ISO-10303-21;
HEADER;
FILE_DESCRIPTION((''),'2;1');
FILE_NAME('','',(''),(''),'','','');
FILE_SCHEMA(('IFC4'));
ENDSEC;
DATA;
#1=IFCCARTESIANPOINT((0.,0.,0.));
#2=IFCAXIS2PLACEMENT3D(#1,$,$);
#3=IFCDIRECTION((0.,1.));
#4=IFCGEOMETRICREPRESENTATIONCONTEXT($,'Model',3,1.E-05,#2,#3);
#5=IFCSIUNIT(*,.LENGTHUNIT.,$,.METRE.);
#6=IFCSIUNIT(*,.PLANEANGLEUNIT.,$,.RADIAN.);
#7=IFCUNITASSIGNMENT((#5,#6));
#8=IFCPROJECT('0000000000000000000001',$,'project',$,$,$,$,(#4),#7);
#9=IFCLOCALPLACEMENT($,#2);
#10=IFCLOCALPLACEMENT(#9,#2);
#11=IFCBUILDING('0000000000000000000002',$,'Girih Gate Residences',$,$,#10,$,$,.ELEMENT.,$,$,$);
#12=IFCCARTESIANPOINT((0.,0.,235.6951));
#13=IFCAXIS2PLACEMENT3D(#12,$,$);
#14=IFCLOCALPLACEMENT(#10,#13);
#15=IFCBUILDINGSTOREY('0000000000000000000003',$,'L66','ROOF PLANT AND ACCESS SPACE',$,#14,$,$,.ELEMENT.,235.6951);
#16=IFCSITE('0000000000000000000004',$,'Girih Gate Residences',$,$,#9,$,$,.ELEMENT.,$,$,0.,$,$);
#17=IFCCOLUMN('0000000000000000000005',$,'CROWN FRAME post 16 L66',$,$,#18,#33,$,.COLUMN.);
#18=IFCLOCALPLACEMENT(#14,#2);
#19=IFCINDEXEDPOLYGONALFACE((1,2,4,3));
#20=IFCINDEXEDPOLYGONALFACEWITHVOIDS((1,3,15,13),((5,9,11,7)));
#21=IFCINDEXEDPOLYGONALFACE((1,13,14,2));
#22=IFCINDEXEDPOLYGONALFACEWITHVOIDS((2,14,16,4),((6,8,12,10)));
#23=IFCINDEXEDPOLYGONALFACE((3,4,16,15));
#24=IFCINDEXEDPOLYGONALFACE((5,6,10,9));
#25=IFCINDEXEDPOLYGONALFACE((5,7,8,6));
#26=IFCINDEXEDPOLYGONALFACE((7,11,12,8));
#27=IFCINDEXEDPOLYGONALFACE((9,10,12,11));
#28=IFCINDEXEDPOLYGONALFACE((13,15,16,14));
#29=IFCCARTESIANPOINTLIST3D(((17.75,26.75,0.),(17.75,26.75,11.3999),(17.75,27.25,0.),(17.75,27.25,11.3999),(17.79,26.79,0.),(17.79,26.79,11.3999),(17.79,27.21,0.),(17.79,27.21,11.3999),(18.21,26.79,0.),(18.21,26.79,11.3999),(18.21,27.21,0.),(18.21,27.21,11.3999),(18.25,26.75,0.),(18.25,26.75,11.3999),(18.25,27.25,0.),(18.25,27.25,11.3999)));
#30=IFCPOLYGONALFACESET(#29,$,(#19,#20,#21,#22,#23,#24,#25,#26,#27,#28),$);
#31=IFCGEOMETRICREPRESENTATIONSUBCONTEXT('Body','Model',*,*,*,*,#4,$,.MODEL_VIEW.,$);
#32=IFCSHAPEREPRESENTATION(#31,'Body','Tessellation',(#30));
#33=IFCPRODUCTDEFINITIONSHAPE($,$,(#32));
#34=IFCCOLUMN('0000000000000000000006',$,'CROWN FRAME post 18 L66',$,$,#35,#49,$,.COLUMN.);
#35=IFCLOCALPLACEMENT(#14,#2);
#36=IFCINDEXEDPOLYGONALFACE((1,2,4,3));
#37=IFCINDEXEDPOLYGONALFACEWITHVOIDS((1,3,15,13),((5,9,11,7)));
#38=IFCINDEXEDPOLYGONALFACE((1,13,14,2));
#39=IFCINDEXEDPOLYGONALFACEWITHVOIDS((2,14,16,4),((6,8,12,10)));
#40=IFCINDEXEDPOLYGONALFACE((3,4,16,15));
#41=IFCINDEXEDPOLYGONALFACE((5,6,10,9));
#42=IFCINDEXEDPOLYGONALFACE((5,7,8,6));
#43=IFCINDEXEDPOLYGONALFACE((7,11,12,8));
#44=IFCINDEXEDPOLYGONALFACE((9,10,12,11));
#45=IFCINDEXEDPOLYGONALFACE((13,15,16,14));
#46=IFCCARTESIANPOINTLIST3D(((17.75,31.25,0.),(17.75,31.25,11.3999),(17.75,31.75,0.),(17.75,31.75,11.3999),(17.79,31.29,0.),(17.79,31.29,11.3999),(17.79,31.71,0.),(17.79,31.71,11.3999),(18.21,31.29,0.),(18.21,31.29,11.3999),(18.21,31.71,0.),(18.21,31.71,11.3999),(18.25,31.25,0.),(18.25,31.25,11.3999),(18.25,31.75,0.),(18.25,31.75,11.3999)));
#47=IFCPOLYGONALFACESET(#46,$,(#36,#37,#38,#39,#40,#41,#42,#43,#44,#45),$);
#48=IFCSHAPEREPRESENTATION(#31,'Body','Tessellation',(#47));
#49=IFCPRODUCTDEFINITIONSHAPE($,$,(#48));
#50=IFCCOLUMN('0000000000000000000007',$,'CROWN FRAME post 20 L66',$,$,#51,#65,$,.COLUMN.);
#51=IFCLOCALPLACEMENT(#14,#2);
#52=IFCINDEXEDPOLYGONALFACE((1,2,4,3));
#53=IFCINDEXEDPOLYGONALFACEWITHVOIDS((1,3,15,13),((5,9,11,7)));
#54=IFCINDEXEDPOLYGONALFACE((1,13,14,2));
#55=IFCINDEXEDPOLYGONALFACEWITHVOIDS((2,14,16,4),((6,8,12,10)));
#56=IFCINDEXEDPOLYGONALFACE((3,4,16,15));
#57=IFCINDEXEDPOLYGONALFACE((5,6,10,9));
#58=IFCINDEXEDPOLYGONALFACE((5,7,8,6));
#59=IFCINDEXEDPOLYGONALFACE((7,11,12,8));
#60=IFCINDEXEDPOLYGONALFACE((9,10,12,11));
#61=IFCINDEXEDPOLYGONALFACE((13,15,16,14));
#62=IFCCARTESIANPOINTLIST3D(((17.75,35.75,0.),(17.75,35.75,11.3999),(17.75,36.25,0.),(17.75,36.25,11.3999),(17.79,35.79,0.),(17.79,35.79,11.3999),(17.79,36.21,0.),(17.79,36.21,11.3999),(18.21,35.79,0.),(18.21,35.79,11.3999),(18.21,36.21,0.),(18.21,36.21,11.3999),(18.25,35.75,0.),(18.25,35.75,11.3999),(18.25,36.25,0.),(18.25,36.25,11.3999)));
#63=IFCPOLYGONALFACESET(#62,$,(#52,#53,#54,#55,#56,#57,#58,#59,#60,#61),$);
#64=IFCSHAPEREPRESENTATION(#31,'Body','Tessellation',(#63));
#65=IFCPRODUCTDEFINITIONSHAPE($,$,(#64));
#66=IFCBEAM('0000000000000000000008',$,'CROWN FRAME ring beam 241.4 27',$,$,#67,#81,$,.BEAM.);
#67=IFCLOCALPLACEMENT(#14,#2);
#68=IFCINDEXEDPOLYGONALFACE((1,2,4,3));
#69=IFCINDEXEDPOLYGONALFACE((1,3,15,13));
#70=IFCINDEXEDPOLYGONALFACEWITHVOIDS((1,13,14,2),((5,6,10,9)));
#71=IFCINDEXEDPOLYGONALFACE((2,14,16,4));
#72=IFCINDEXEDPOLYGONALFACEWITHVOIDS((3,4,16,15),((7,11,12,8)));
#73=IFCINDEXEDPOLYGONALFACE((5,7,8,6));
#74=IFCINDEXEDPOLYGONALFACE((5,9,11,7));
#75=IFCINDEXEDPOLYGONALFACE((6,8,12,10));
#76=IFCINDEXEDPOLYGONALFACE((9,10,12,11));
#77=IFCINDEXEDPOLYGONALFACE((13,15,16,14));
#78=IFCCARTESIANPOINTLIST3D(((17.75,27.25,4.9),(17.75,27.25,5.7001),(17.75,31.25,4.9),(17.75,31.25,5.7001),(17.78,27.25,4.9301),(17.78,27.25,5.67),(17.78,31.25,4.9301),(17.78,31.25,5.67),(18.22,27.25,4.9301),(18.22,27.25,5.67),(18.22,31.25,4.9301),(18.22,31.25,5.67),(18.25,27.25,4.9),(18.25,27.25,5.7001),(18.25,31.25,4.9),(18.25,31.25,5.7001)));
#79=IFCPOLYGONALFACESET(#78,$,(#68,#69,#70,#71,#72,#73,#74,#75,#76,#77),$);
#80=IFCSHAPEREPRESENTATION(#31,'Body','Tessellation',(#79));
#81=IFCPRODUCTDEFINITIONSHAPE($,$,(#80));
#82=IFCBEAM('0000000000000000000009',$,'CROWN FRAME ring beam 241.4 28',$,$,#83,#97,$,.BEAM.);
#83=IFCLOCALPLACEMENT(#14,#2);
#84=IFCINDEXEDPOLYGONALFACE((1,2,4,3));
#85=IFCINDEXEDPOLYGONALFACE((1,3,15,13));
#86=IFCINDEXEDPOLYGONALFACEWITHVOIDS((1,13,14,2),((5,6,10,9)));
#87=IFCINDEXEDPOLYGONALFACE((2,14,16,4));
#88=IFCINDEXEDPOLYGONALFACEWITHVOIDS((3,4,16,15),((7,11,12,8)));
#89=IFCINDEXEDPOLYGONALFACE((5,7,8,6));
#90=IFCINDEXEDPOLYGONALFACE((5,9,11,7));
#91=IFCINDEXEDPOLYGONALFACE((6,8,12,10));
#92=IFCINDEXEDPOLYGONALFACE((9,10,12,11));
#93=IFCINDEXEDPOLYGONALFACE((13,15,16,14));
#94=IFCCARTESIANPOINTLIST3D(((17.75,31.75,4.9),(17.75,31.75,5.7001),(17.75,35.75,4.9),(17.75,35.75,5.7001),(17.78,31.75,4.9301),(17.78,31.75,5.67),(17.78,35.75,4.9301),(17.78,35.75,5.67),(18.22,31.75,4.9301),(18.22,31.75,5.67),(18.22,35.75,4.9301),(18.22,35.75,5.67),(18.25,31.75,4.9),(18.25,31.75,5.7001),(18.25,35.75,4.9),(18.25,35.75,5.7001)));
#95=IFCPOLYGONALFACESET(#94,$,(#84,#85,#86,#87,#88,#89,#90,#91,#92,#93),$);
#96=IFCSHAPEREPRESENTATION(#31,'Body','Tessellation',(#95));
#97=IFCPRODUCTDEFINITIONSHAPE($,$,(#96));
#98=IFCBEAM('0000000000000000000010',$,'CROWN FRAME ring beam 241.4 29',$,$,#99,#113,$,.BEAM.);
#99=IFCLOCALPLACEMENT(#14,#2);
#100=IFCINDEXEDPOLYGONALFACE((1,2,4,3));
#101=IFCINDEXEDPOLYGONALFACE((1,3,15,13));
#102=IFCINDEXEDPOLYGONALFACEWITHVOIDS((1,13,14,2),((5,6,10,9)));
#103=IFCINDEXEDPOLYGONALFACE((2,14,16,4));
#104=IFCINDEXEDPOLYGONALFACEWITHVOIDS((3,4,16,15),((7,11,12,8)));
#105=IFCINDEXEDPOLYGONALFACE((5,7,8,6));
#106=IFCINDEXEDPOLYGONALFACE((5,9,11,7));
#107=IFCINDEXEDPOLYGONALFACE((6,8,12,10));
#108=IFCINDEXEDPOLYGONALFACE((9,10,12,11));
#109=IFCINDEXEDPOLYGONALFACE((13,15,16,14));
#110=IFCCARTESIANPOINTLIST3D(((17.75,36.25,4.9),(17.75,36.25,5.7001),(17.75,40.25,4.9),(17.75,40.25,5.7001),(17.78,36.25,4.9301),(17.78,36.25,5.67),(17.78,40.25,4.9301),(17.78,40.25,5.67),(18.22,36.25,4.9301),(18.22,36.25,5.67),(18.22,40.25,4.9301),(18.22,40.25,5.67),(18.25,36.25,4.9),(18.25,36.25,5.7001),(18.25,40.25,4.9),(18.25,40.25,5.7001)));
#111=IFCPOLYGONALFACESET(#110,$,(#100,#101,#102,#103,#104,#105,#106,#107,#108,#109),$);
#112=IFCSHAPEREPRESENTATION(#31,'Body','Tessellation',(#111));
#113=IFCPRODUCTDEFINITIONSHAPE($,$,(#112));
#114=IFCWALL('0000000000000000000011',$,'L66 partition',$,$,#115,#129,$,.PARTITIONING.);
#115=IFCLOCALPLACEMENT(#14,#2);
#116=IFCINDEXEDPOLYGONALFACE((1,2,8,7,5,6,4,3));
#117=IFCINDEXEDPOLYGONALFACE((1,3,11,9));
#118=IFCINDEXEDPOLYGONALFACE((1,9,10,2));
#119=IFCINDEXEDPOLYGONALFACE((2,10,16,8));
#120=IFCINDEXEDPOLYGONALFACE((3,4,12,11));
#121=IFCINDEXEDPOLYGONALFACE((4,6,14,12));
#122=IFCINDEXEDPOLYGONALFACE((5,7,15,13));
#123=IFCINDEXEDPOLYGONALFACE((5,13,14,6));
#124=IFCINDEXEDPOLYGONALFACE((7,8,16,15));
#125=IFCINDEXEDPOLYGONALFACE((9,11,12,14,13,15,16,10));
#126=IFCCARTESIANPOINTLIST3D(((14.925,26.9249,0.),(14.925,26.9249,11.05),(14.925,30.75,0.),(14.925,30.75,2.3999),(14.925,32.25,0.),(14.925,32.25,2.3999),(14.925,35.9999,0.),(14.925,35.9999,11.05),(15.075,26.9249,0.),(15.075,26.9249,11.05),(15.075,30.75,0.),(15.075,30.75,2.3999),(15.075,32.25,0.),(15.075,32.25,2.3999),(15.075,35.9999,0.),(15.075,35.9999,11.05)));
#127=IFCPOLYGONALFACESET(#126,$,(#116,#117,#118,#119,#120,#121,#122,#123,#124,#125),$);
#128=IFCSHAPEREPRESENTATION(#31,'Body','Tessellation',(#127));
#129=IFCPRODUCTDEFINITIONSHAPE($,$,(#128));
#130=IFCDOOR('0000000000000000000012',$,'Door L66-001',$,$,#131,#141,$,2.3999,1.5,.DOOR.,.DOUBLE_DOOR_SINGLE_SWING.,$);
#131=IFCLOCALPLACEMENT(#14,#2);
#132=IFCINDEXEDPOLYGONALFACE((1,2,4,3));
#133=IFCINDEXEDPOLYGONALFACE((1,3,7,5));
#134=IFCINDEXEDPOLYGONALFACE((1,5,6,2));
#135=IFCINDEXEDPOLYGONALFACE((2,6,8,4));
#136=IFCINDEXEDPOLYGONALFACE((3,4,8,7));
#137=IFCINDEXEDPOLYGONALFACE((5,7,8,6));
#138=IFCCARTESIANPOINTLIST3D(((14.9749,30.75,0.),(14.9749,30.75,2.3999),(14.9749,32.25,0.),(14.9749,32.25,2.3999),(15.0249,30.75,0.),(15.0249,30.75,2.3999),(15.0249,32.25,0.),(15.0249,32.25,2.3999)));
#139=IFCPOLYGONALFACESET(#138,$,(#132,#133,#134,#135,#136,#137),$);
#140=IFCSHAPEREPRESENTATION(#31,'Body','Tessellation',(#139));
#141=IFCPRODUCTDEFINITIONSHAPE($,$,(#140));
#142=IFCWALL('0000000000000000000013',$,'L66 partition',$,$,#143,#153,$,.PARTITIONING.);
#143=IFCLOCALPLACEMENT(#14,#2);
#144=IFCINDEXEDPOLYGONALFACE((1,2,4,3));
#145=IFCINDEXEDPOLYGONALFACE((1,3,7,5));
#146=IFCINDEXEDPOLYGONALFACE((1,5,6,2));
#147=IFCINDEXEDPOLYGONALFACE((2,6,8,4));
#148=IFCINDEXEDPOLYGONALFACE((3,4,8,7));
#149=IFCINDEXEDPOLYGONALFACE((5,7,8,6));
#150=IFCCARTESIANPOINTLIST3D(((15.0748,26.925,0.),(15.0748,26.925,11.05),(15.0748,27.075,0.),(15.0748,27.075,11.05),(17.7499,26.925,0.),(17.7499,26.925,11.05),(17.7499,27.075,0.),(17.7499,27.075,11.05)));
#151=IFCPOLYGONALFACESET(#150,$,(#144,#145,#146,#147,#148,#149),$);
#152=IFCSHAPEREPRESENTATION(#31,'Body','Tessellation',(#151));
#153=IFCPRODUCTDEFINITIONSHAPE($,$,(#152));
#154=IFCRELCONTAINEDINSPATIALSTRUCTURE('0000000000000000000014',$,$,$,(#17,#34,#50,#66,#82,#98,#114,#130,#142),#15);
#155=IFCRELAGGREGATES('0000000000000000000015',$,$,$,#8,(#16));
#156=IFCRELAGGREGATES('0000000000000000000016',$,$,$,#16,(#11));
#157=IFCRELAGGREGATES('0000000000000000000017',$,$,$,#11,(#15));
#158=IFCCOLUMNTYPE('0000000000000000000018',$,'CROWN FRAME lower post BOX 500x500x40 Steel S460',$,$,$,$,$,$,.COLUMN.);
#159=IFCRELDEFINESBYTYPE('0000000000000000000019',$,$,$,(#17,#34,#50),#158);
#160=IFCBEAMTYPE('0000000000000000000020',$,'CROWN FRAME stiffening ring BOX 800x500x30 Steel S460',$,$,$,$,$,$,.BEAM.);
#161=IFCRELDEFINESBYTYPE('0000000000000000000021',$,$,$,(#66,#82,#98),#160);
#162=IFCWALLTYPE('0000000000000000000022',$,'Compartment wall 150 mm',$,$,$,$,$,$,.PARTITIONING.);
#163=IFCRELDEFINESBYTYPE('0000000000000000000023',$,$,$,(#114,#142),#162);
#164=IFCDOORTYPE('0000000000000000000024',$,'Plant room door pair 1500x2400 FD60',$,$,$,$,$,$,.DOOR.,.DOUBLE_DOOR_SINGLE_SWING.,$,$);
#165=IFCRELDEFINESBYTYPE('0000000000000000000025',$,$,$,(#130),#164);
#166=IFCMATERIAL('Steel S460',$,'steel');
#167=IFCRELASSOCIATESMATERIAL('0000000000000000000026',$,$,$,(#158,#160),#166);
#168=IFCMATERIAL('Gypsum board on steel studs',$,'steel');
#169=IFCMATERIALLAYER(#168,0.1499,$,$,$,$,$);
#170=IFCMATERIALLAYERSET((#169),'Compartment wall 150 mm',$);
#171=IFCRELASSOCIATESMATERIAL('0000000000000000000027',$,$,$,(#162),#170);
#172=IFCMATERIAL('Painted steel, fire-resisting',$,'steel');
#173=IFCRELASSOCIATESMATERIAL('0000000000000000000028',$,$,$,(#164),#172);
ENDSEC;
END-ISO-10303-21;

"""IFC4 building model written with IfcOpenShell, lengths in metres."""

from ifc_helpers import new_model, si_unit, direction, frame, frame_2d, origin, origin_2d, place, context, subcontext, project, spatial, rectangle, hollow_rectangle, extrude, material, layer, layer_set, material_profile, profile_set, type_object, element, fill, save


model = new_model("IFC4")

# Units and contexts
model_context = context("Model", 3, precision=1e-05, world=origin(), true_north=direction((0.0, 1.0)))
body_context = subcontext(model_context, "Body", "Model", "MODEL_VIEW")
ifc_project = project(units=[si_unit("LENGTHUNIT", "METRE"), si_unit("PLANEANGLEUNIT", "RADIAN")], contexts=[model_context])

# Site, building, storey
site_placement = place(None, origin())
site = spatial("IfcSite", under=ifc_project, at=site_placement, Name="Girih Gate Residences", CompositionType="ELEMENT", RefElevation=0.0)
building_placement = place(site_placement, origin())
building = spatial("IfcBuilding", under=site, at=building_placement, Name="Girih Gate Residences", CompositionType="ELEMENT")
storey_placement = place(building_placement, frame((0.0, 0.0, 235.6951)))
storey = spatial("IfcBuildingStorey", under=building, at=storey_placement, Name="L66", Description="ROOF PLANT AND ACCESS SPACE", CompositionType="ELEMENT", Elevation=235.6951)

# Columns
ifc_material_1 = material(Name="Steel S460", Category="steel")
ifc_material_profile_1 = material_profile(ifc_material_1, hollow_rectangle(XDim=0.5, YDim=0.5, WallThickness=0.04, at=origin_2d()))
ifc_profile_set_1 = profile_set([ifc_material_profile_1], Name="Steel S460")
column_type = type_object("IfcColumnType", Name="CROWN FRAME lower post BOX 500x500x40 Steel S460", PredefinedType="COLUMN", material=ifc_profile_set_1)
for number, where, z_axis, x_axis, name in (
    (1, (18.0, 27.0, 0.0), (0.0, 0.0, 1.0), (1.0, 0.0, 0.0), "CROWN FRAME post 16 L66"),
    (2, (18.0, 31.5, 0.0), (0.0, 0.0, 1.0), (1.0, 0.0, 0.0), "CROWN FRAME post 18 L66"),
    (3, (18.0, 36.0, 0.0), (0.0, 0.0, 1.0), (1.0, 0.0, 0.0), "CROWN FRAME post 20 L66"),
):
    element("IfcColumn", number, at=place(storey_placement, frame(where, z_axis=z_axis, x_axis=x_axis)), inside=storey, type_object=column_type, Name=name, PredefinedType="COLUMN", context=body_context, shape_type="SweptSolid", body=[
        extrude(hollow_rectangle(XDim=0.5, YDim=0.5, WallThickness=0.04, at=origin_2d()), origin(), (0.0, 0.0, 1.0), 11.3999),
    ])

# Beams
ifc_material_profile_2 = material_profile(ifc_material_1, hollow_rectangle(XDim=0.5, YDim=0.8, WallThickness=0.03, at=origin_2d()))
ifc_profile_set_2 = profile_set([ifc_material_profile_2], Name="Steel S460")
beam_type = type_object("IfcBeamType", Name="CROWN FRAME stiffening ring BOX 800x500x30 Steel S460", PredefinedType="BEAM", material=ifc_profile_set_2)
for number, where, z_axis, x_axis, name in (
    (4, (18.0, 27.25, 5.3), (0.0, 1.0, 0.0), (-1.0, 0.0, 0.0), "CROWN FRAME ring beam 241.4 27"),
    (5, (18.0, 31.75, 5.3), (0.0, 1.0, 0.0), (-1.0, 0.0, 0.0), "CROWN FRAME ring beam 241.4 28"),
    (6, (18.0, 36.25, 5.3), (0.0, 1.0, 0.0), (-1.0, 0.0, 0.0), "CROWN FRAME ring beam 241.4 29"),
):
    element("IfcBeam", number, at=place(storey_placement, frame(where, z_axis=z_axis, x_axis=x_axis)), inside=storey, type_object=beam_type, Name=name, PredefinedType="BEAM", context=body_context, shape_type="SweptSolid", body=[
        extrude(hollow_rectangle(XDim=0.5, YDim=0.8, WallThickness=0.03, at=origin_2d()), origin(), (0.0, 0.0, 1.0), 4.0),
    ])

# Wall, opening, door
ifc_material_2 = material(Name="Gypsum board on steel studs", Category="steel")
ifc_layer_1 = layer(ifc_material_2, 0.1499)
ifc_layer_set_1 = layer_set([ifc_layer_1], Name="Compartment wall 150 mm")
wall_type_1 = type_object("IfcWallType", Name="Compartment wall 150 mm", PredefinedType="PARTITIONING", material=ifc_layer_set_1)
wall_1_placement = place(storey_placement, frame((15.0, 36.0, 0.0), z_axis=(0.0, 0.0, 1.0), x_axis=(0.0, -1.0, 0.0)))
wall_1 = element("IfcWall", 7, at=wall_1_placement, inside=storey, type_object=wall_type_1, Name="L66 partition", PredefinedType="PARTITIONING", context=body_context, shape_type="SweptSolid", body=[
    extrude(rectangle(XDim=9.075, YDim=0.1499, at=frame_2d((4.5376, 0.0))), origin(), (0.0, 0.0, 1.0), 11.05),
])
opening_1_placement = place(wall_1_placement, frame((3.75, 0.0, 0.0)))
opening_1 = element("IfcOpeningElement", 8, at=opening_1_placement, cuts=wall_1, PredefinedType="OPENING", context=body_context, shape_type="SweptSolid", body=[
    extrude(rectangle(XDim=1.5, YDim=2.3999, at=frame_2d((0.75, 1.2))), frame((0.0, 0.085, 0.0), z_axis=(0.0, -1.0, 0.0), x_axis=(1.0, 0.0, 0.0)), (0.0, 0.0, 1.0), 0.1699),
])
ifc_material_3 = material(Name="Painted steel, fire-resisting", Category="steel")
door_type_1 = type_object("IfcDoorType", Name="Plant room door pair 1500x2400 FD60", OperationType="DOUBLE_DOOR_SINGLE_SWING", PredefinedType="DOOR", material=ifc_material_3)
door_1_placement = place(opening_1_placement, origin())
door_1 = element("IfcDoor", 9, at=door_1_placement, inside=storey, type_object=door_type_1, Name="Door L66-001", OperationType="DOUBLE_DOOR_SINGLE_SWING", OverallHeight=2.3999, OverallWidth=1.5, PredefinedType="DOOR", context=body_context, shape_type="SweptSolid", body=[
    extrude(rectangle(XDim=1.5, YDim=2.3999, at=frame_2d((0.75, 1.2))), frame((0.0, 0.0249, 0.0), z_axis=(0.0, -1.0, 0.0), x_axis=(1.0, 0.0, 0.0)), (0.0, 0.0, 1.0), 0.05),
])
fill(opening_1, door_1)

# Wall
wall_2_placement = place(storey_placement, frame((15.075, 27.0, 0.0), z_axis=(0.0, 0.0, 1.0), x_axis=(1.0, 0.0, 0.0)))
element("IfcWall", 10, at=wall_2_placement, inside=storey, type_object=wall_type_1, Name="L66 partition", PredefinedType="PARTITIONING", context=body_context, shape_type="SweptSolid", body=[
    extrude(rectangle(XDim=2.675, YDim=0.1499, at=frame_2d((1.3374, 0.0))), origin(), (0.0, 0.0, 1.0), 11.05),
])

save(model, "model.ifc")
